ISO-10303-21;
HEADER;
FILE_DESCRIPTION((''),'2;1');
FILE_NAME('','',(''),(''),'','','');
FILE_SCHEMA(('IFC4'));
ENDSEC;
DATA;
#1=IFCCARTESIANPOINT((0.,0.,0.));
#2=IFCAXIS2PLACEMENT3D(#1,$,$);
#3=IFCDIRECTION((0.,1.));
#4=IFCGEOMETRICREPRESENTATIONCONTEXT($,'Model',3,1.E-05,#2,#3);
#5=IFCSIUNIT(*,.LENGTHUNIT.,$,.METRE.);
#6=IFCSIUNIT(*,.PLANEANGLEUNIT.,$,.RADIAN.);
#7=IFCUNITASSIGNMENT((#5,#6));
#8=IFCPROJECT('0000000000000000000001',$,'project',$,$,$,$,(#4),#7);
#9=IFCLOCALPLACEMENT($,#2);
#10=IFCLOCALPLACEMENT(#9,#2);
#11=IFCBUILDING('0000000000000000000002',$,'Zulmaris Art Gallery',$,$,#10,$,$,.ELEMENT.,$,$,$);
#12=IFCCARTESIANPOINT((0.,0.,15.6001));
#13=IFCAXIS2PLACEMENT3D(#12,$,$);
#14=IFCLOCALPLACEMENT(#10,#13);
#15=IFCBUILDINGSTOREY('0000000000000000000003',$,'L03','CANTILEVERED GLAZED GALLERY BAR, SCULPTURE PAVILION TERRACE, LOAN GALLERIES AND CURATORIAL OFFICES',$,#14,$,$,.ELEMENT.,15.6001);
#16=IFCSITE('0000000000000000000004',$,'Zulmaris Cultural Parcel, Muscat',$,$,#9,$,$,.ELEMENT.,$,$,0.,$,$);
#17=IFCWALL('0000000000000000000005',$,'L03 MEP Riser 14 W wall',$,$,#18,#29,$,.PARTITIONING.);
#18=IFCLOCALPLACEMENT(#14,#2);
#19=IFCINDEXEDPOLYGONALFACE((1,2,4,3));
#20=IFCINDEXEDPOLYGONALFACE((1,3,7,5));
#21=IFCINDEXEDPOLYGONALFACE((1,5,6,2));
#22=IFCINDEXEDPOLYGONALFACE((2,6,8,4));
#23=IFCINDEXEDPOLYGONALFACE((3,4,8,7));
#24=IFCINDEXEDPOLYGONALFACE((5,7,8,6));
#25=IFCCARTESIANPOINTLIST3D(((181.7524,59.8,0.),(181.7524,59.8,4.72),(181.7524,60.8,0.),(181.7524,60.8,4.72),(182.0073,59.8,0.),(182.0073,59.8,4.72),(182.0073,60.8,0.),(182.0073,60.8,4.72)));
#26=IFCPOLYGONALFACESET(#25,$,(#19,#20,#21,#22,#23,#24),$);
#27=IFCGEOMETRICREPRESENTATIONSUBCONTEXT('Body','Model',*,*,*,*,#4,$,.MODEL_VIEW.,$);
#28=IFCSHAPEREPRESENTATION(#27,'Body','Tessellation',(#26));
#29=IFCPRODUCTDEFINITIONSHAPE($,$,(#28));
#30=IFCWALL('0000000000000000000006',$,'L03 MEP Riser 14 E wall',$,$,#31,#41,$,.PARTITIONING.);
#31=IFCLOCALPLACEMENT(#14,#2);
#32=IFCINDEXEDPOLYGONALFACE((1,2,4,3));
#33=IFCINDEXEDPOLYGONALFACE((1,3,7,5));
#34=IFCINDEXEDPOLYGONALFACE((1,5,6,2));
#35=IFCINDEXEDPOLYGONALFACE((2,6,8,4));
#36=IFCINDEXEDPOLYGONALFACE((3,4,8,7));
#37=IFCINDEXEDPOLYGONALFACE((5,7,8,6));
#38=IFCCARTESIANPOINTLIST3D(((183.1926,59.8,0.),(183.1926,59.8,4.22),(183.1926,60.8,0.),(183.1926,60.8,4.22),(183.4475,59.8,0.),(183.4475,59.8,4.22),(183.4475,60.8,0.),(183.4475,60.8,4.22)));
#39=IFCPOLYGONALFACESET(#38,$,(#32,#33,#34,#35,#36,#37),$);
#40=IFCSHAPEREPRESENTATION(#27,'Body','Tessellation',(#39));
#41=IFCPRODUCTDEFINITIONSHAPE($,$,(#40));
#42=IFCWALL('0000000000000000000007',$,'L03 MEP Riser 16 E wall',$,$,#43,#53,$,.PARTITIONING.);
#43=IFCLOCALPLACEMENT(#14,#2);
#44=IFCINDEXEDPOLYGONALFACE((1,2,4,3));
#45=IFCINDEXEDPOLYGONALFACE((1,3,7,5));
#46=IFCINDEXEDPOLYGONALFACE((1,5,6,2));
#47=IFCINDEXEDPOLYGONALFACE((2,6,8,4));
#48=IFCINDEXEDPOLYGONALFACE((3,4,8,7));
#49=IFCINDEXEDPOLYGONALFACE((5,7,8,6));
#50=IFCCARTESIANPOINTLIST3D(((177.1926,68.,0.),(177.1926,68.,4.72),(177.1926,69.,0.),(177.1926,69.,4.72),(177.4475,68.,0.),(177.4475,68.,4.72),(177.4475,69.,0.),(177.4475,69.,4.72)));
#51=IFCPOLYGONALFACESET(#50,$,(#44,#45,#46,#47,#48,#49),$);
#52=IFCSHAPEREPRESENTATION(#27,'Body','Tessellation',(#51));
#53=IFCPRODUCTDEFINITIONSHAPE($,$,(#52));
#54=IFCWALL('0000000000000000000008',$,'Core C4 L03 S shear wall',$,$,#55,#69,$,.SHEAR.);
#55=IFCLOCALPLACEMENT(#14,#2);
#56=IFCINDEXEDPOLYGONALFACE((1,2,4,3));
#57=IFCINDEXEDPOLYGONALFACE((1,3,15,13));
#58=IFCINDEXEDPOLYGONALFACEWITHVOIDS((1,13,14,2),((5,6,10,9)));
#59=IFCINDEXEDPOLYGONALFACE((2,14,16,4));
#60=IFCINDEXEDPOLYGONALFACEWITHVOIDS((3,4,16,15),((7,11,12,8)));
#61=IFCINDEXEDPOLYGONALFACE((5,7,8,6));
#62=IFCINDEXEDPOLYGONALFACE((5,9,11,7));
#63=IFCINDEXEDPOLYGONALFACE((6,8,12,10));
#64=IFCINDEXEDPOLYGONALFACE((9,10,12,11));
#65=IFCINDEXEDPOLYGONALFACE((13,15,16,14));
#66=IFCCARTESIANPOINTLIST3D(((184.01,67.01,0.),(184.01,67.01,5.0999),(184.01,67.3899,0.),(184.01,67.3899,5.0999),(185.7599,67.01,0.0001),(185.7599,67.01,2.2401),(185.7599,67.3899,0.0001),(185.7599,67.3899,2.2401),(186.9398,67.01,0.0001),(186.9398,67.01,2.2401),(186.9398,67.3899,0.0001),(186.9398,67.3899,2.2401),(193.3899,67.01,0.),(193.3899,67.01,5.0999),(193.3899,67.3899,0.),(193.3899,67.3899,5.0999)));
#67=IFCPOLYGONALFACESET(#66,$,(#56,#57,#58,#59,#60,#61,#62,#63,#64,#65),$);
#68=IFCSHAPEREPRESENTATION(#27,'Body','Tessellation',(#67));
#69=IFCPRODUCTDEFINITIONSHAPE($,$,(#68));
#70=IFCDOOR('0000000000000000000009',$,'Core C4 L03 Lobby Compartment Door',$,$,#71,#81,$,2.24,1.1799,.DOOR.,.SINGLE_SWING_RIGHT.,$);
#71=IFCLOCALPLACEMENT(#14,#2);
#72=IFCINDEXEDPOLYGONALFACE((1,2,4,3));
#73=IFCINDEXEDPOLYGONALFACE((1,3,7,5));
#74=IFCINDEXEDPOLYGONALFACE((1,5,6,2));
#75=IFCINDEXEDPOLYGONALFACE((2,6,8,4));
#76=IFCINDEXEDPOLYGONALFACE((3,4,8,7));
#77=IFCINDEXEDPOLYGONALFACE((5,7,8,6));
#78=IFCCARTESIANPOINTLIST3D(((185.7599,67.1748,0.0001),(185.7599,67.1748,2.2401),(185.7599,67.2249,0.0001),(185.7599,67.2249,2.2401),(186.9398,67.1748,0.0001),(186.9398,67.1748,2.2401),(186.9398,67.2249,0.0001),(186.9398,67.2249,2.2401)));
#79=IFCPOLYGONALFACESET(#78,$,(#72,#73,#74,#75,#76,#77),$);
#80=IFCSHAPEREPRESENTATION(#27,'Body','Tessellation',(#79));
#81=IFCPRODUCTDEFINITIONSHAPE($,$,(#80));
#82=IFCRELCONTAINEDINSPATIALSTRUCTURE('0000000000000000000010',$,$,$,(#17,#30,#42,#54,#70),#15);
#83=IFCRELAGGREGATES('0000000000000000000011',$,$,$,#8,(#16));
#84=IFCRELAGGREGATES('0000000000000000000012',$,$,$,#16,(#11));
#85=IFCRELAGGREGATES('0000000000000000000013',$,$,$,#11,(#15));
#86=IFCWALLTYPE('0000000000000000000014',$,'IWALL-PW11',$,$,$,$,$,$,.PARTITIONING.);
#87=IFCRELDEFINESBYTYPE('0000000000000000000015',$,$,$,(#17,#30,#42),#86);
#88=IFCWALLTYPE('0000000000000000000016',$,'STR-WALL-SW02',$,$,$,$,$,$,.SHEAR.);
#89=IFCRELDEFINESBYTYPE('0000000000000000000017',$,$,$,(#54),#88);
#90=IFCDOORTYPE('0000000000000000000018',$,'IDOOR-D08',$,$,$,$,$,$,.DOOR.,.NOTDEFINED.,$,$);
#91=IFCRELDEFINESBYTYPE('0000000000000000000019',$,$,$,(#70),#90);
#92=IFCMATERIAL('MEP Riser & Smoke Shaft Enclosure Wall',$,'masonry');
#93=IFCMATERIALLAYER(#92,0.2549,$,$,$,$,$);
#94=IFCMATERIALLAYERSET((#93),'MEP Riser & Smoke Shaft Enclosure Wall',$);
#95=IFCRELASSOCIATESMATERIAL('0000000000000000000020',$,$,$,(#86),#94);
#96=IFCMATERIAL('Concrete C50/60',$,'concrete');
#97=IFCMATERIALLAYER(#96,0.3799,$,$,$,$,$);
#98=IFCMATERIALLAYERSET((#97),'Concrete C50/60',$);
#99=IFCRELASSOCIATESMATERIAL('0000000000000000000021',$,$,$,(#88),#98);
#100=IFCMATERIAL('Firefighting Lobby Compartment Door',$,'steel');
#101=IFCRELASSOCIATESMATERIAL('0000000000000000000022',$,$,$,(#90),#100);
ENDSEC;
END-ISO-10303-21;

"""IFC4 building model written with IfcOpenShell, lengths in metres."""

from ifc_helpers import new_model, si_unit, direction, frame, frame_2d, origin, place, context, subcontext, project, spatial, rectangle, extrude, material, layer, layer_set, type_object, element, fill, save


model = new_model("IFC4")

# Units and contexts
model_context = context("Model", 3, precision=1e-05, world=origin(), true_north=direction((0.0, 1.0)))
body_context = subcontext(model_context, "Body", "Model", "MODEL_VIEW")
ifc_project = project(units=[si_unit("LENGTHUNIT", "METRE"), si_unit("PLANEANGLEUNIT", "RADIAN")], contexts=[model_context])

# Site, building, storey
site_placement = place(None, origin())
site = spatial("IfcSite", under=ifc_project, at=site_placement, Name="Zulmaris Cultural Parcel, Muscat", CompositionType="ELEMENT", RefElevation=0.0)
building_placement = place(site_placement, origin())
building = spatial("IfcBuilding", under=site, at=building_placement, Name="Zulmaris Art Gallery", CompositionType="ELEMENT")
storey_placement = place(building_placement, frame((0.0, 0.0, 15.6001)))
storey = spatial("IfcBuildingStorey", under=building, at=storey_placement, Name="L03", Description="CANTILEVERED GLAZED GALLERY BAR, SCULPTURE PAVILION TERRACE, LOAN GALLERIES AND CURATORIAL OFFICES", CompositionType="ELEMENT", Elevation=15.6001)

# Walls
ifc_material_1 = material(Name="MEP Riser & Smoke Shaft Enclosure Wall", Category="masonry")
ifc_layer_1 = layer(ifc_material_1, 0.2549)
ifc_layer_set_1 = layer_set([ifc_layer_1], Name="MEP Riser & Smoke Shaft Enclosure Wall")
wall_type_1 = type_object("IfcWallType", Name="IWALL-PW11", PredefinedType="PARTITIONING", material=ifc_layer_set_1)
wall_1_placement = place(storey_placement, frame((181.8799, 59.8, 0.0), z_axis=(0.0, 0.0, 1.0), x_axis=(0.0, 1.0, 0.0)))
element("IfcWall", 1, at=wall_1_placement, inside=storey, type_object=wall_type_1, Name="L03 MEP Riser 14 W wall", PredefinedType="PARTITIONING", context=body_context, shape_type="SweptSolid", body=[
    extrude(rectangle(XDim=1.0, YDim=0.2549, at=frame_2d((0.5, 0.0))), origin(), (0.0, 0.0, 1.0), 4.72),
])
wall_2_placement = place(storey_placement, frame((183.3201, 59.8, 0.0), z_axis=(0.0, 0.0, 1.0), x_axis=(0.0, 1.0, 0.0)))
element("IfcWall", 2, at=wall_2_placement, inside=storey, type_object=wall_type_1, Name="L03 MEP Riser 14 E wall", PredefinedType="PARTITIONING", context=body_context, shape_type="SweptSolid", body=[
    extrude(rectangle(XDim=1.0, YDim=0.2549, at=frame_2d((0.5, 0.0))), origin(), (0.0, 0.0, 1.0), 4.22),
])
wall_3_placement = place(storey_placement, frame((177.3201, 68.0, 0.0), z_axis=(0.0, 0.0, 1.0), x_axis=(0.0, 1.0, 0.0)))
element("IfcWall", 3, at=wall_3_placement, inside=storey, type_object=wall_type_1, Name="L03 MEP Riser 16 E wall", PredefinedType="PARTITIONING", context=body_context, shape_type="SweptSolid", body=[
    extrude(rectangle(XDim=1.0, YDim=0.2549, at=frame_2d((0.5, 0.0))), origin(), (0.0, 0.0, 1.0), 4.72),
])

# Wall, opening, door
ifc_material_2 = material(Name="Concrete C50/60", Category="concrete")
ifc_layer_2 = layer(ifc_material_2, 0.3799)
ifc_layer_set_2 = layer_set([ifc_layer_2], Name="Concrete C50/60")
wall_type_2 = type_object("IfcWallType", Name="STR-WALL-SW02", PredefinedType="SHEAR", material=ifc_layer_set_2)
wall_4_placement = place(storey_placement, frame((184.01, 67.2, 0.0), z_axis=(0.0, 0.0, 1.0), x_axis=(1.0, 0.0, 0.0)))
wall_4 = element("IfcWall", 4, at=wall_4_placement, inside=storey, type_object=wall_type_2, Name="Core C4 L03 S shear wall", PredefinedType="SHEAR", context=body_context, shape_type="SweptSolid", body=[
    extrude(rectangle(XDim=9.3799, YDim=0.3799, at=frame_2d((4.6899, 0.0))), origin(), (0.0, 0.0, 1.0), 5.0999),
])
opening_1_placement = place(wall_4_placement, frame((1.75, 0.0, 0.0)))
opening_1 = element("IfcOpeningElement", 5, at=opening_1_placement, cuts=wall_4, PredefinedType="OPENING", context=body_context, shape_type="SweptSolid", body=[
    extrude(rectangle(XDim=1.1799, YDim=2.24, at=frame_2d((0.5898, 1.1201))), frame((0.0, 0.2, 0.0), z_axis=(0.0, -1.0, 0.0), x_axis=(1.0, 0.0, 0.0)), (0.0, 0.0, 1.0), 0.3999),
])
ifc_material_3 = material(Name="Firefighting Lobby Compartment Door", Category="steel")
door_type = type_object("IfcDoorType", Name="IDOOR-D08", OperationType="NOTDEFINED", PredefinedType="DOOR", material=ifc_material_3)
door_placement = place(opening_1_placement, origin())
door = element("IfcDoor", 6, at=door_placement, inside=storey, type_object=door_type, Name="Core C4 L03 Lobby Compartment Door", OperationType="SINGLE_SWING_RIGHT", OverallHeight=2.24, OverallWidth=1.1799, PredefinedType="DOOR", context=body_context, shape_type="SweptSolid", body=[
    extrude(rectangle(XDim=1.1799, YDim=2.24, at=frame_2d((0.5898, 1.1201))), frame((0.0, 0.0249, 0.0), z_axis=(0.0, -1.0, 0.0), x_axis=(1.0, 0.0, 0.0)), (0.0, 0.0, 1.0), 0.05),
])
fill(opening_1, door)

save(model, "model.ifc")
